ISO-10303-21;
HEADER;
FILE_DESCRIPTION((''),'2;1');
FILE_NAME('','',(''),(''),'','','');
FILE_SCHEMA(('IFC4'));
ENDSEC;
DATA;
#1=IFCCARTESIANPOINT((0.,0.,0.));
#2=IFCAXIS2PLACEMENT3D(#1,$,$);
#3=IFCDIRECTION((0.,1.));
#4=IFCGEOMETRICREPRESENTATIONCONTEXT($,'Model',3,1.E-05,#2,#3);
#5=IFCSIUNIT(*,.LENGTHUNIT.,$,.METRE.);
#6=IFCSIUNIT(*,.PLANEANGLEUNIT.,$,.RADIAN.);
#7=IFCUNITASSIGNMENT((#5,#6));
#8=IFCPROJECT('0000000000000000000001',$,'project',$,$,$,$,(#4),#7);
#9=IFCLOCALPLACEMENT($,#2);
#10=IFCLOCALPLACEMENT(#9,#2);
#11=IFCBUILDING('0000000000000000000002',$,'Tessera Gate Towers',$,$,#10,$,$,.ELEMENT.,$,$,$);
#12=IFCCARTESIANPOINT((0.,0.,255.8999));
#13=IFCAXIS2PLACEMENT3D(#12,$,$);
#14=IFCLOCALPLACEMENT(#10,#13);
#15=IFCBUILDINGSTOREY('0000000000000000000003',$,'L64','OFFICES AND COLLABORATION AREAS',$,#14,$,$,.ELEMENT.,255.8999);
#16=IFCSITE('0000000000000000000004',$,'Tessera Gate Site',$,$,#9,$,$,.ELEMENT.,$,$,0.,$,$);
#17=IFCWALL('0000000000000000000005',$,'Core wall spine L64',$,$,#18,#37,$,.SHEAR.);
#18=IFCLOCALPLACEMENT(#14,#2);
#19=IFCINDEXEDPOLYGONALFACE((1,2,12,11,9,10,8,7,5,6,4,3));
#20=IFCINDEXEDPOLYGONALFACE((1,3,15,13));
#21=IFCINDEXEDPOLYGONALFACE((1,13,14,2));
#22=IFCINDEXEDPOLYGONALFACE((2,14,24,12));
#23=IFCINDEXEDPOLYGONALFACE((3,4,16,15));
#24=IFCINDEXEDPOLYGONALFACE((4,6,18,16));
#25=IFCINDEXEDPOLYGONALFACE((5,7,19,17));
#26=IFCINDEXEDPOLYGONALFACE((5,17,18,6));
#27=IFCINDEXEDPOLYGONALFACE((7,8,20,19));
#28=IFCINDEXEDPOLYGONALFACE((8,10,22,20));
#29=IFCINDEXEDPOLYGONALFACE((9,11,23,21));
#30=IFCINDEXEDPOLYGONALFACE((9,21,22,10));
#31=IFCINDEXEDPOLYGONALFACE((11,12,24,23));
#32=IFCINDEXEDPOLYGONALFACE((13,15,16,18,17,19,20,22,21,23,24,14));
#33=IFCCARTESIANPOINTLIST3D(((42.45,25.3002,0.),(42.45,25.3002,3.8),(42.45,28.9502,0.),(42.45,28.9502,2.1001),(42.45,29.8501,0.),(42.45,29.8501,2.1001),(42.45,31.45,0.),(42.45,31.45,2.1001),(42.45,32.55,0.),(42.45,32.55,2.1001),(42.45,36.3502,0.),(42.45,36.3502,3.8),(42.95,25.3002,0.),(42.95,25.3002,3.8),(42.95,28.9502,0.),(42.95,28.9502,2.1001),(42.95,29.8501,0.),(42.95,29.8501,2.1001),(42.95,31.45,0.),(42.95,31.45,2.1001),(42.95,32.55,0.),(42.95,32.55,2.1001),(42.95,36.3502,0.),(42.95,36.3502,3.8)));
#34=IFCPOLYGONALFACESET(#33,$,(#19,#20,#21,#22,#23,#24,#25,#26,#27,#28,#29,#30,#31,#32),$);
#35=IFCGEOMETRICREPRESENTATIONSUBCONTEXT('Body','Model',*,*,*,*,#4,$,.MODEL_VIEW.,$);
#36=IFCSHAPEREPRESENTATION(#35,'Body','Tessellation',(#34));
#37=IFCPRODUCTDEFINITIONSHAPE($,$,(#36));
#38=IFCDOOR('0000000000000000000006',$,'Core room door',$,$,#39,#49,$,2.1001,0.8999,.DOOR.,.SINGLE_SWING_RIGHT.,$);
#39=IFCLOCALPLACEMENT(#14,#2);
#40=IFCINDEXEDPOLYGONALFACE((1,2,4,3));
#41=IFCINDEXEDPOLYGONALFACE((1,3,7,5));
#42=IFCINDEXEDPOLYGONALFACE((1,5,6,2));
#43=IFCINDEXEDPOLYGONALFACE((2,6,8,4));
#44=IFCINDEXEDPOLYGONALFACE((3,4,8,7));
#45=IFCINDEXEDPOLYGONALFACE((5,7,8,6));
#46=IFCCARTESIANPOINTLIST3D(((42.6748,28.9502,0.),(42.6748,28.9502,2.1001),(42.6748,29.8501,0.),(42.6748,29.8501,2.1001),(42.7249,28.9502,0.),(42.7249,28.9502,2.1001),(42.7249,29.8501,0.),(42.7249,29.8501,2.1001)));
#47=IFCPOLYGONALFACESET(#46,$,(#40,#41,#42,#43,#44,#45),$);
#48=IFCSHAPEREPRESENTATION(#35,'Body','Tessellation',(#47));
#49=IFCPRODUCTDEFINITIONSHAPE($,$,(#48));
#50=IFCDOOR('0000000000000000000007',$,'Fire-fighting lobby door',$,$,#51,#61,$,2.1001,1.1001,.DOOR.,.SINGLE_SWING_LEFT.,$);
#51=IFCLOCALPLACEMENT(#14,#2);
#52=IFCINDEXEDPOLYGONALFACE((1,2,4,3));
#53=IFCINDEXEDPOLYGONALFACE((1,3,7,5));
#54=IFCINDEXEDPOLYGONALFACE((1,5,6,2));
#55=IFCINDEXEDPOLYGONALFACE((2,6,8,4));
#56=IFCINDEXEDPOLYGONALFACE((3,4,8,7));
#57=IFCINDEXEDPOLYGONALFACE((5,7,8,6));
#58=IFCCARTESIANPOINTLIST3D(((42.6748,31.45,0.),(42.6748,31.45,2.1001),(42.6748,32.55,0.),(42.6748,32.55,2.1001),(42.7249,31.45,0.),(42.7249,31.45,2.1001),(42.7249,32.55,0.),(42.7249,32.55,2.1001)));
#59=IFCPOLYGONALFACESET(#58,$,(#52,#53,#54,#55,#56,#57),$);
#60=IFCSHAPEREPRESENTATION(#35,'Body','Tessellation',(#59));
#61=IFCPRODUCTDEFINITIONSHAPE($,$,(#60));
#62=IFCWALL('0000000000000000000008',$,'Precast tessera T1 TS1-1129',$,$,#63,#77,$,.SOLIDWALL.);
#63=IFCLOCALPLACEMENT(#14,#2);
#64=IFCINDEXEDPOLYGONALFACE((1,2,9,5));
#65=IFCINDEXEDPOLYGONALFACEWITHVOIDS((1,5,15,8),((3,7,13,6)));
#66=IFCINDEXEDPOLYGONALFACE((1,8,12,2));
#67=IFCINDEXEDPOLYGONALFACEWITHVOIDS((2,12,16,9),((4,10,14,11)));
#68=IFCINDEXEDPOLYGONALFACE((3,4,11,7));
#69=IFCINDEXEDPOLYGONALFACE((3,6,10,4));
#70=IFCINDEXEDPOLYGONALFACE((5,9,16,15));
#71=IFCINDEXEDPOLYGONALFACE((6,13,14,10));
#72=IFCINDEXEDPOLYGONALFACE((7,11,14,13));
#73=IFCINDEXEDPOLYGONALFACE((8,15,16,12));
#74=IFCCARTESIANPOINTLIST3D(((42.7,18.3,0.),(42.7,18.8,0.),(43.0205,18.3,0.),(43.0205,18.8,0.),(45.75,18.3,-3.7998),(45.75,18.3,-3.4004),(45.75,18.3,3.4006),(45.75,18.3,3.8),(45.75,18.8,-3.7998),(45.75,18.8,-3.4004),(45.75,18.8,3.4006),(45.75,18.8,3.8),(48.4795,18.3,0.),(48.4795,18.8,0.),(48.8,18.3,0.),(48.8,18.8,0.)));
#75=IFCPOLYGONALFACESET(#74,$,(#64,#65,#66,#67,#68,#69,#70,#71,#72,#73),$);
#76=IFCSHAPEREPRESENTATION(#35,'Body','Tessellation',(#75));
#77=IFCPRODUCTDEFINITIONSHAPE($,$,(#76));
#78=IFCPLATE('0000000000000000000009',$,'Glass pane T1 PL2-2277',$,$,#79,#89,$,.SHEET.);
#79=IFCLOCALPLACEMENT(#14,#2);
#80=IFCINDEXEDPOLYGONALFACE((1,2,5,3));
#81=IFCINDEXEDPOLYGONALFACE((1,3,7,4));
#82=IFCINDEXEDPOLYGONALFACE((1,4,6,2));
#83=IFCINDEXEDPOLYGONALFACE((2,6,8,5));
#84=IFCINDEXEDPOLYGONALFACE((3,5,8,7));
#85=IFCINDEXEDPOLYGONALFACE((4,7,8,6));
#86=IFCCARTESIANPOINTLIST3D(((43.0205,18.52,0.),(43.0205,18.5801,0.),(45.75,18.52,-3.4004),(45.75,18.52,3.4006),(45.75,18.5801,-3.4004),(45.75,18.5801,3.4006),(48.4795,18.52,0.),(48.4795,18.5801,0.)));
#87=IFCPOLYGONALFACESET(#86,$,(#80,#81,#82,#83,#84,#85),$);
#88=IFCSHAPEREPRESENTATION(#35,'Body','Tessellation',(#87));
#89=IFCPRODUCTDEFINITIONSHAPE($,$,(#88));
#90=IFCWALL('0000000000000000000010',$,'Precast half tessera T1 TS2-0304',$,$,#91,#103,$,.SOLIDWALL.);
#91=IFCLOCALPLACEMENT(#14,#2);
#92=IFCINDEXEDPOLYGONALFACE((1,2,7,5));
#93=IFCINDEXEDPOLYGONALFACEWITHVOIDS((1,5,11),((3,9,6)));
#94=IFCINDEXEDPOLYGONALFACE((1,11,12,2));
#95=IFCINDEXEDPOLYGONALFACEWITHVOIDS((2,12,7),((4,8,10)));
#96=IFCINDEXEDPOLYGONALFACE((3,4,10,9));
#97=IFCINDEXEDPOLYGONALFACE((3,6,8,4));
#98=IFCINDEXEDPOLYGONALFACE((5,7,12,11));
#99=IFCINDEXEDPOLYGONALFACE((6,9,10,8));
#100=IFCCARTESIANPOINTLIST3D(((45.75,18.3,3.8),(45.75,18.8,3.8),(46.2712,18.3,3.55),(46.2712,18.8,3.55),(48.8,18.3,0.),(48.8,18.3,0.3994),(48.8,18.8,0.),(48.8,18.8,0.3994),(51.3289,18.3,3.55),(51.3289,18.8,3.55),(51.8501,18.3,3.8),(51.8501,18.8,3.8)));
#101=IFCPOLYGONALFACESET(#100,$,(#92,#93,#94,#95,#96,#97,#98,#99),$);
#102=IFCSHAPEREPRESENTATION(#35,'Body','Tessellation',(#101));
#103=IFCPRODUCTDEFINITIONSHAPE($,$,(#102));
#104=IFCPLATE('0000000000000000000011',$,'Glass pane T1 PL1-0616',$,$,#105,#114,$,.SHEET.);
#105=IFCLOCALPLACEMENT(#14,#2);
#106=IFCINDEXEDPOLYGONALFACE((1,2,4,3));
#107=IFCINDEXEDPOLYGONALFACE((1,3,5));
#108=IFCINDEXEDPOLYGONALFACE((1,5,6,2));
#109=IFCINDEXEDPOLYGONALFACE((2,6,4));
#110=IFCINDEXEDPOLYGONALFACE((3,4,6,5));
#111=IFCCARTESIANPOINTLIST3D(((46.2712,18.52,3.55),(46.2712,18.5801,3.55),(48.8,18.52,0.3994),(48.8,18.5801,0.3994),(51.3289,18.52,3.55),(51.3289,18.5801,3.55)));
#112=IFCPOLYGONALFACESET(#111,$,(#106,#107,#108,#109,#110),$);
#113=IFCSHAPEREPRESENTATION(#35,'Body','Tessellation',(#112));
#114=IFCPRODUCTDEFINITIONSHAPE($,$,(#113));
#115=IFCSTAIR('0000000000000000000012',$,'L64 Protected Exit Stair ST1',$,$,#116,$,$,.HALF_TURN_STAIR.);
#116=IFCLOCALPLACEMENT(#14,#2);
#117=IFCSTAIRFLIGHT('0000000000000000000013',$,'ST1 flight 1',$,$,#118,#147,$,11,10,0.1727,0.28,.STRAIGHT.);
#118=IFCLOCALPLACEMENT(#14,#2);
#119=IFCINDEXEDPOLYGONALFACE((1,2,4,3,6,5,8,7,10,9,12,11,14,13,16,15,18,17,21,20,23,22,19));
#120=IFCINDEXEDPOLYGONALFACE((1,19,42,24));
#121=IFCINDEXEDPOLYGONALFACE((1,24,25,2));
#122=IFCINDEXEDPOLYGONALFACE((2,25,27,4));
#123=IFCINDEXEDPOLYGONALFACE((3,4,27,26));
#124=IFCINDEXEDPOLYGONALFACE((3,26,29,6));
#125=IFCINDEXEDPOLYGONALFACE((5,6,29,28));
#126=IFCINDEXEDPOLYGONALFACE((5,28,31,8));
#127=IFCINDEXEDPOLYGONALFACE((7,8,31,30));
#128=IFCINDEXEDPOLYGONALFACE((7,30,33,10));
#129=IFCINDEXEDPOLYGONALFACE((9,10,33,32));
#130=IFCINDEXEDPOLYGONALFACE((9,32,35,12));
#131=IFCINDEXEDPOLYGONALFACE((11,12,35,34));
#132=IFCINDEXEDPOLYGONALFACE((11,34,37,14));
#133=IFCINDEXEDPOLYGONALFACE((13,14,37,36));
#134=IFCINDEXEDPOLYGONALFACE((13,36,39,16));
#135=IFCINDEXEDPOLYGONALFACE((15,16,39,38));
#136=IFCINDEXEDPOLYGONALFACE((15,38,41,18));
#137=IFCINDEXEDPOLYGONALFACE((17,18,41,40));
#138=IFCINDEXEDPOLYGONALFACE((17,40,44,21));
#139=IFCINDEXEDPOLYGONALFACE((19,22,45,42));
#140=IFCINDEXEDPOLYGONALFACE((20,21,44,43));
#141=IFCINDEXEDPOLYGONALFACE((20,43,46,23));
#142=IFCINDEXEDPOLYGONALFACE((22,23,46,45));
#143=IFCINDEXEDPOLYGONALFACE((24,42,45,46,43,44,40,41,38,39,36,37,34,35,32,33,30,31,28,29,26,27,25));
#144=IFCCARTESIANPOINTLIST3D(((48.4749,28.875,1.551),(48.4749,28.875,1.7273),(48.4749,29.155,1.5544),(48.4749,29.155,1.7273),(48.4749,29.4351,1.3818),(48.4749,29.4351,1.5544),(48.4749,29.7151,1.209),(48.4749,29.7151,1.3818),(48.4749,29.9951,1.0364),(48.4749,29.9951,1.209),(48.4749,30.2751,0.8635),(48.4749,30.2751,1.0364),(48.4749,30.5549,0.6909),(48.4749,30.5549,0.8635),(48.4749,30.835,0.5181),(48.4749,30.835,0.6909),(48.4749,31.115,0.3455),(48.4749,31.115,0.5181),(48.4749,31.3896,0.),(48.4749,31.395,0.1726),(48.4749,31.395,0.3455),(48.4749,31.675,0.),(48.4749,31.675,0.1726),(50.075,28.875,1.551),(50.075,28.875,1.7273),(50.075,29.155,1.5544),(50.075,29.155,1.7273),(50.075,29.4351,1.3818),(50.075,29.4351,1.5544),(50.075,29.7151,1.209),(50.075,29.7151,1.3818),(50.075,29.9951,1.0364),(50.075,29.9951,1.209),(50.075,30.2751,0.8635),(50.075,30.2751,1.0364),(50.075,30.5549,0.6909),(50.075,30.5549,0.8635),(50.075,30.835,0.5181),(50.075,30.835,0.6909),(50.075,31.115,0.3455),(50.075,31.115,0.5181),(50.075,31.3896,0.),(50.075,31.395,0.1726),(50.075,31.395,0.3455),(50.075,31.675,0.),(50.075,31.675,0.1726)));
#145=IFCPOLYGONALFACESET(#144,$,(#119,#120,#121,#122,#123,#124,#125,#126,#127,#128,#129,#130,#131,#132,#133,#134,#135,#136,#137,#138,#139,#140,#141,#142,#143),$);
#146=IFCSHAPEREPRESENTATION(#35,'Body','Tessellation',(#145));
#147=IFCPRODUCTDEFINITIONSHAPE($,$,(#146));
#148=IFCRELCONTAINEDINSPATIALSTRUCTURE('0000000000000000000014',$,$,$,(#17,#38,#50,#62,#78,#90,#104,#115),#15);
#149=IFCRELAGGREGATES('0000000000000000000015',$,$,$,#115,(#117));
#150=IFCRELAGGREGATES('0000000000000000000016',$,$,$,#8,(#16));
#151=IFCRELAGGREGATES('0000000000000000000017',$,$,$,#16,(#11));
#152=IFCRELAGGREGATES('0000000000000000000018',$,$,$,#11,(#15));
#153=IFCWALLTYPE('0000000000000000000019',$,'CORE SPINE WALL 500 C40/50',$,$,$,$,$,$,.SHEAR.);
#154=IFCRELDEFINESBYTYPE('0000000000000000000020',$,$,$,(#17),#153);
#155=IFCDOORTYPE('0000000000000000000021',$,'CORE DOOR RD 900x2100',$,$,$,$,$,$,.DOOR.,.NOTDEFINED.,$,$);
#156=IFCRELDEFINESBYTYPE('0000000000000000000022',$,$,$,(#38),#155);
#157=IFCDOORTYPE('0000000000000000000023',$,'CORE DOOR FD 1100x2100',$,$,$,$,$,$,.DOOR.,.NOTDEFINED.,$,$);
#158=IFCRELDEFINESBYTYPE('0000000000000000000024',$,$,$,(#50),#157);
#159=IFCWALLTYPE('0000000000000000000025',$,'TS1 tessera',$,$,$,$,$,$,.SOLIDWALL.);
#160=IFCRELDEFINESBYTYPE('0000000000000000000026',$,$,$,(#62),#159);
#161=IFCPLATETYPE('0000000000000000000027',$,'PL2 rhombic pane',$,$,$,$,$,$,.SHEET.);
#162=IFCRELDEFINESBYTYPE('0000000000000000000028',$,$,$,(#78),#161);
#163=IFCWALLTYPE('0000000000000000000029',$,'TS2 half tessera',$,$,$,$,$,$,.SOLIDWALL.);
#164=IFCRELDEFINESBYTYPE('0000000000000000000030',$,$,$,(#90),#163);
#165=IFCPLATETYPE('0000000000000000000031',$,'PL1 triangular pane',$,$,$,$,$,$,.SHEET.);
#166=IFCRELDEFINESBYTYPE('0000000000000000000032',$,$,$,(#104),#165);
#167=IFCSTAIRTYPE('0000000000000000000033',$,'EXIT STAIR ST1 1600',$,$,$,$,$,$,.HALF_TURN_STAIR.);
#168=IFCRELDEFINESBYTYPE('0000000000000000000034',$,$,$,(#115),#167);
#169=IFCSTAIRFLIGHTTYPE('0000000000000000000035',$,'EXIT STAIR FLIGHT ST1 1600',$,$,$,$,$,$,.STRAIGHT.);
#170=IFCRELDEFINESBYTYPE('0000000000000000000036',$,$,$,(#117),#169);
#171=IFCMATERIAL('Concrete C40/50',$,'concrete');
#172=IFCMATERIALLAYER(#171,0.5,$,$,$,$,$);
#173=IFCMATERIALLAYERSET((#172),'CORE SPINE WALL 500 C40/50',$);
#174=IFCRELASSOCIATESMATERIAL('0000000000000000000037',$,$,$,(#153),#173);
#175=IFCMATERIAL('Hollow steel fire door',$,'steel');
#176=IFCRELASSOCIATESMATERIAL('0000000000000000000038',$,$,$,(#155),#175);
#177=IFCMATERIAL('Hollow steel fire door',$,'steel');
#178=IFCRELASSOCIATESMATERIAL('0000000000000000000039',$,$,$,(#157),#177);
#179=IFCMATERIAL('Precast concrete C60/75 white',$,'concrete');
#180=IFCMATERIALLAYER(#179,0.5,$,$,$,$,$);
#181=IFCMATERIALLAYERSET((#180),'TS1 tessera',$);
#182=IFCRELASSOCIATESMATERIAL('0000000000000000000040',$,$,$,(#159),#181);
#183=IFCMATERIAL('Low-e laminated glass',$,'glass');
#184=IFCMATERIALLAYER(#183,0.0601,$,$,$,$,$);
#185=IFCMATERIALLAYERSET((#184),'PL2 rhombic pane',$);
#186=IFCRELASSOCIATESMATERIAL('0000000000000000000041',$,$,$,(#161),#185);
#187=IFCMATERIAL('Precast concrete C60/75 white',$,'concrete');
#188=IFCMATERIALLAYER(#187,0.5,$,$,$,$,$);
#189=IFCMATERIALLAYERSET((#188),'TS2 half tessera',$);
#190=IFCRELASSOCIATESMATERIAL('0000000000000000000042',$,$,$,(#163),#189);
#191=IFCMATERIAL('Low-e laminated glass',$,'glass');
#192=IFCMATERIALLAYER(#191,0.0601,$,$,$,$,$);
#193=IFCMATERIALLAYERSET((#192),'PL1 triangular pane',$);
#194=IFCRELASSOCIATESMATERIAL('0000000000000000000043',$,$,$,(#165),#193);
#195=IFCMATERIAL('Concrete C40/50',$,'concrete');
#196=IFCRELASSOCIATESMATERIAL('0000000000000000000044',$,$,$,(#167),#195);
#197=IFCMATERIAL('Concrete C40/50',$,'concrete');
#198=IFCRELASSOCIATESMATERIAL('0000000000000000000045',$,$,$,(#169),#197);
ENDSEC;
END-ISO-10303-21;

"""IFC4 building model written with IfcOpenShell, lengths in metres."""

from ifc_helpers import new_model, si_unit, direction, frame, frame_2d, origin, place, context, subcontext, project, spatial, polyline, rectangle, outline, extrude, source, transform, mapped, material, layer, layer_set, type_object, element, fill, aggregate, save


model = new_model("IFC4")

# Units and contexts
model_context = context("Model", 3, precision=1e-05, world=origin(), true_north=direction((0.0, 1.0)))
body_context = subcontext(model_context, "Body", "Model", "MODEL_VIEW")
ifc_project = project(units=[si_unit("LENGTHUNIT", "METRE"), si_unit("PLANEANGLEUNIT", "RADIAN")], contexts=[model_context])

# Site, building, storey
site_placement = place(None, origin())
site = spatial("IfcSite", under=ifc_project, at=site_placement, Name="Tessera Gate Site", CompositionType="ELEMENT", RefElevation=0.0)
building_placement = place(site_placement, origin())
building = spatial("IfcBuilding", under=site, at=building_placement, Name="Tessera Gate Towers", CompositionType="ELEMENT")
storey_placement = place(building_placement, frame((0.0, 0.0, 255.8999)))
storey = spatial("IfcBuildingStorey", under=building, at=storey_placement, Name="L64", Description="OFFICES AND COLLABORATION AREAS", CompositionType="ELEMENT", Elevation=255.8999)

# Wall, openings, doors
ifc_material_1 = material(Name="Concrete C40/50", Category="concrete")
ifc_layer_1 = layer(ifc_material_1, 0.5)
ifc_layer_set_1 = layer_set([ifc_layer_1], Name="CORE SPINE WALL 500 C40/50")
wall_type_1 = type_object("IfcWallType", Name="CORE SPINE WALL 500 C40/50", PredefinedType="SHEAR", material=ifc_layer_set_1)
wall_1_placement = place(storey_placement, frame((42.7, 36.3501, 0.0), z_axis=(0.0, 0.0, 1.0), x_axis=(0.0, -1.0, 0.0)))
wall_1 = element("IfcWall", 1, at=wall_1_placement, inside=storey, type_object=wall_type_1, Name="Core wall spine L64", PredefinedType="SHEAR", context=body_context, shape_type="SweptSolid", body=[
    extrude(rectangle(XDim=11.05, YDim=0.5, at=frame_2d((5.5249, 0.0))), origin(), (0.0, 0.0, 1.0), 3.8),
])
shared_shape_1 = source(origin(), body_context, "Body", "SweptSolid", [
    extrude(rectangle(XDim=0.8999, YDim=2.1001, at=frame_2d((0.45, 1.05))), frame((0.0, 0.26, 0.0), z_axis=(0.0, -1.0, 0.0), x_axis=(1.0, 0.0, 0.0)), (0.0, 0.0, 1.0), 0.52),
])
opening_1_placement = place(wall_1_placement, frame((6.5, 0.0, 0.0)))
opening_1 = element("IfcOpeningElement", 2, at=opening_1_placement, cuts=wall_1, PredefinedType="OPENING", context=body_context, shape_type="MappedRepresentation", body=[
    mapped(shared_shape_1, transform((0.0, 0.0, 0.0), scale=1.0)),
])
shared_shape_2 = source(origin(), body_context, "Body", "SweptSolid", [
    extrude(rectangle(XDim=1.1001, YDim=2.1001, at=frame_2d((0.55, 1.05))), frame((0.0, 0.26, 0.0), z_axis=(0.0, -1.0, 0.0), x_axis=(1.0, 0.0, 0.0)), (0.0, 0.0, 1.0), 0.52),
])
opening_2_placement = place(wall_1_placement, frame((3.8, 0.0, 0.0)))
opening_2 = element("IfcOpeningElement", 3, at=opening_2_placement, cuts=wall_1, PredefinedType="OPENING", context=body_context, shape_type="MappedRepresentation", body=[
    mapped(shared_shape_2, transform((0.0, 0.0, 0.0), scale=1.0)),
])
ifc_material_2 = material(Name="Hollow steel fire door", Category="steel")
door_type_1 = type_object("IfcDoorType", Name="CORE DOOR RD 900x2100", OperationType="NOTDEFINED", PredefinedType="DOOR", material=ifc_material_2)
shared_shape_3 = source(origin(), body_context, "Body", "SweptSolid", [
    extrude(rectangle(XDim=0.8999, YDim=2.1001, at=frame_2d((0.45, 1.05))), frame((0.0, 0.0249, 0.0), z_axis=(0.0, -1.0, 0.0), x_axis=(1.0, 0.0, 0.0)), (0.0, 0.0, 1.0), 0.05),
])
door_1_placement = place(opening_1_placement, origin())
door_1 = element("IfcDoor", 4, at=door_1_placement, inside=storey, type_object=door_type_1, Name="Core room door", OperationType="SINGLE_SWING_RIGHT", OverallHeight=2.1001, OverallWidth=0.8999, PredefinedType="DOOR", context=body_context, shape_type="MappedRepresentation", body=[
    mapped(shared_shape_3, transform((0.0, 0.0, 0.0), scale=1.0)),
])
fill(opening_1, door_1)
ifc_material_3 = material(Name="Hollow steel fire door", Category="steel")
door_type_2 = type_object("IfcDoorType", Name="CORE DOOR FD 1100x2100", OperationType="NOTDEFINED", PredefinedType="DOOR", material=ifc_material_3)
shared_shape_4 = source(origin(), body_context, "Body", "SweptSolid", [
    extrude(rectangle(XDim=1.1001, YDim=2.1001, at=frame_2d((0.55, 1.05))), frame((0.0, 0.0249, 0.0), z_axis=(0.0, -1.0, 0.0), x_axis=(1.0, 0.0, 0.0)), (0.0, 0.0, 1.0), 0.05),
])
door_2_placement = place(opening_2_placement, origin())
door_2 = element("IfcDoor", 5, at=door_2_placement, inside=storey, type_object=door_type_2, Name="Fire-fighting lobby door", OperationType="SINGLE_SWING_LEFT", OverallHeight=2.1001, OverallWidth=1.1001, PredefinedType="DOOR", context=body_context, shape_type="MappedRepresentation", body=[
    mapped(shared_shape_4, transform((0.0, 0.0, 0.0), scale=1.0)),
])
fill(opening_2, door_2)

# Walls, openings, plates
ifc_material_4 = material(Name="Precast concrete C60/75 white", Category="concrete")
ifc_layer_2 = layer(ifc_material_4, 0.5)
ifc_layer_set_2 = layer_set([ifc_layer_2], Name="TS1 tessera")
wall_type_2 = type_object("IfcWallType", Name="TS1 tessera", PredefinedType="SOLIDWALL", material=ifc_layer_set_2)
shared_shape_5 = source(origin(), body_context, "Body", "SweptSolid", [
    extrude(outline(polyline([(3.05, 0.0), (6.1001, 3.7998), (3.05, 7.5999), (0.0, 3.7998), (3.05, 0.0)])), frame((0.0, 0.25, 0.0), z_axis=(0.0, -1.0, 0.0), x_axis=(1.0, 0.0, 0.0)), (0.0, 0.0, 1.0), 0.5),
])
wall_2_placement = place(storey_placement, frame((42.7, 18.55, -3.7998), z_axis=(0.0, 0.0, 1.0), x_axis=(1.0, 0.0, 0.0)))
wall_2 = element("IfcWall", 6, at=wall_2_placement, inside=storey, type_object=wall_type_2, Name="Precast tessera T1 TS1-1129", PredefinedType="SOLIDWALL", context=body_context, shape_type="MappedRepresentation", body=[
    mapped(shared_shape_5, transform((0.0, 0.0, 0.0), scale=1.0)),
])
shared_shape_6 = source(origin(), body_context, "Body", "SweptSolid", [
    extrude(outline(polyline([(3.05, 0.3994), (5.7795, 3.7998), (3.05, 7.2004), (0.3206, 3.7998), (3.05, 0.3994)])), frame((0.0, 0.26, 0.0), z_axis=(0.0, -1.0, 0.0), x_axis=(1.0, 0.0, 0.0)), (0.0, 0.0, 1.0), 0.52),
])
opening_3_placement = place(wall_2_placement, origin())
opening_3 = element("IfcOpeningElement", 7, at=opening_3_placement, cuts=wall_2, PredefinedType="OPENING", context=body_context, shape_type="MappedRepresentation", body=[
    mapped(shared_shape_6, transform((0.0, 0.0, 0.0), scale=1.0)),
])
ifc_material_5 = material(Name="Low-e laminated glass", Category="glass")
ifc_layer_3 = layer(ifc_material_5, 0.0601)
ifc_layer_set_3 = layer_set([ifc_layer_3], Name="PL2 rhombic pane")
plate_type_1 = type_object("IfcPlateType", Name="PL2 rhombic pane", PredefinedType="SHEET", material=ifc_layer_set_3)
shared_shape_7 = source(origin(), body_context, "Body", "SweptSolid", [
    extrude(outline(polyline([(3.05, 0.3994), (5.7795, 3.7998), (3.05, 7.2004), (0.3206, 3.7998), (3.05, 0.3994)])), frame((0.0, 0.03, 0.0), z_axis=(0.0, -1.0, 0.0), x_axis=(1.0, 0.0, 0.0)), (0.0, 0.0, 1.0), 0.0601),
])
plate_1_placement = place(opening_3_placement, origin())
plate_1 = element("IfcPlate", 8, at=plate_1_placement, inside=storey, type_object=plate_type_1, Name="Glass pane T1 PL2-2277", PredefinedType="SHEET", context=body_context, shape_type="MappedRepresentation", body=[
    mapped(shared_shape_7, transform((0.0, 0.0, 0.0), scale=1.0)),
])
fill(opening_3, plate_1)
ifc_material_6 = material(Name="Precast concrete C60/75 white", Category="concrete")
ifc_layer_4 = layer(ifc_material_6, 0.5)
ifc_layer_set_4 = layer_set([ifc_layer_4], Name="TS2 half tessera")
wall_type_3 = type_object("IfcWallType", Name="TS2 half tessera", PredefinedType="SOLIDWALL", material=ifc_layer_set_4)
shared_shape_8 = source(origin(), body_context, "Body", "SweptSolid", [
    extrude(outline(polyline([(3.05, 0.0), (6.1001, 3.8), (0.0, 3.8), (3.05, 0.0)])), frame((0.0, 0.25, 0.0), z_axis=(0.0, -1.0, 0.0), x_axis=(1.0, 0.0, 0.0)), (0.0, 0.0, 1.0), 0.5),
])
wall_3_placement = place(storey_placement, frame((45.75, 18.55, 0.0), z_axis=(0.0, 0.0, 1.0), x_axis=(1.0, 0.0, 0.0)))
wall_3 = element("IfcWall", 9, at=wall_3_placement, inside=storey, type_object=wall_type_3, Name="Precast half tessera T1 TS2-0304", PredefinedType="SOLIDWALL", context=body_context, shape_type="MappedRepresentation", body=[
    mapped(shared_shape_8, transform((0.0, 0.0, 0.0), scale=1.0)),
])
shared_shape_9 = source(origin(), body_context, "Body", "SweptSolid", [
    extrude(outline(polyline([(3.05, 0.3994), (5.5789, 3.55), (0.5212, 3.55), (3.05, 0.3994)])), frame((0.0, 0.26, 0.0), z_axis=(0.0, -1.0, 0.0), x_axis=(1.0, 0.0, 0.0)), (0.0, 0.0, 1.0), 0.52),
])
opening_4_placement = place(wall_3_placement, origin())
opening_4 = element("IfcOpeningElement", 10, at=opening_4_placement, cuts=wall_3, PredefinedType="OPENING", context=body_context, shape_type="MappedRepresentation", body=[
    mapped(shared_shape_9, transform((0.0, 0.0, 0.0), scale=1.0)),
])
ifc_material_7 = material(Name="Low-e laminated glass", Category="glass")
ifc_layer_5 = layer(ifc_material_7, 0.0601)
ifc_layer_set_5 = layer_set([ifc_layer_5], Name="PL1 triangular pane")
plate_type_2 = type_object("IfcPlateType", Name="PL1 triangular pane", PredefinedType="SHEET", material=ifc_layer_set_5)
shared_shape_10 = source(origin(), body_context, "Body", "SweptSolid", [
    extrude(outline(polyline([(3.05, 0.3994), (5.5789, 3.55), (0.5212, 3.55), (3.05, 0.3994)])), frame((0.0, 0.03, 0.0), z_axis=(0.0, -1.0, 0.0), x_axis=(1.0, 0.0, 0.0)), (0.0, 0.0, 1.0), 0.0601),
])
plate_2_placement = place(opening_4_placement, origin())
plate_2 = element("IfcPlate", 11, at=plate_2_placement, inside=storey, type_object=plate_type_2, Name="Glass pane T1 PL1-0616", PredefinedType="SHEET", context=body_context, shape_type="MappedRepresentation", body=[
    mapped(shared_shape_10, transform((0.0, 0.0, 0.0), scale=1.0)),
])
fill(opening_4, plate_2)

# Stair, stair flight
ifc_material_8 = material(Name="Concrete C40/50", Category="concrete")
stair_type = type_object("IfcStairType", Name="EXIT STAIR ST1 1600", PredefinedType="HALF_TURN_STAIR", material=ifc_material_8)
stair_placement = place(storey_placement, origin())
stair = element("IfcStair", 12, at=stair_placement, inside=storey, type_object=stair_type, Name="L64 Protected Exit Stair ST1", PredefinedType="HALF_TURN_STAIR")
ifc_material_9 = material(Name="Concrete C40/50", Category="concrete")
stair_flight_type = type_object("IfcStairFlightType", Name="EXIT STAIR FLIGHT ST1 1600", PredefinedType="STRAIGHT", material=ifc_material_9)
stair_flight_placement = place(storey_placement, frame((49.2749, 31.675, 0.0), z_axis=(0.0, 0.0, 1.0), x_axis=(0.0, -1.0, 0.0)))
stair_flight = element("IfcStairFlight", 13, at=stair_flight_placement, type_object=stair_flight_type, Name="ST1 flight 1", NumberOfRisers=11, NumberOfTreads=10, PredefinedType="STRAIGHT", RiserHeight=0.1727, TreadLength=0.28, context=body_context, shape_type="SweptSolid", body=[
    extrude(outline(polyline([(0.0, 0.0), (0.0, 0.1726), (0.28, 0.1726), (0.28, 0.3455), (0.5601, 0.3455), (0.5601, 0.5181), (0.8401, 0.5181), (0.8401, 0.6909), (1.1201, 0.6909), (1.1201, 0.8635), (1.3999, 0.8635), (1.3999, 1.0364), (1.6799, 1.0364), (1.6799, 1.209), (1.96, 1.209), (1.96, 1.3818), (2.24, 1.3818), (2.24, 1.5544), (2.52, 1.5544), (2.52, 1.7273), (2.8, 1.7273), (2.8, 1.8999), (2.8, 1.551), (0.2854, 0.0), (0.0, 0.0)])), frame((0.0, 0.8, 0.0), z_axis=(0.0, -1.0, 0.0), x_axis=(1.0, 0.0, 0.0)), (0.0, 0.0, 1.0), 1.6001),
])
aggregate(stair, [stair_flight])

save(model, "model.ifc")
